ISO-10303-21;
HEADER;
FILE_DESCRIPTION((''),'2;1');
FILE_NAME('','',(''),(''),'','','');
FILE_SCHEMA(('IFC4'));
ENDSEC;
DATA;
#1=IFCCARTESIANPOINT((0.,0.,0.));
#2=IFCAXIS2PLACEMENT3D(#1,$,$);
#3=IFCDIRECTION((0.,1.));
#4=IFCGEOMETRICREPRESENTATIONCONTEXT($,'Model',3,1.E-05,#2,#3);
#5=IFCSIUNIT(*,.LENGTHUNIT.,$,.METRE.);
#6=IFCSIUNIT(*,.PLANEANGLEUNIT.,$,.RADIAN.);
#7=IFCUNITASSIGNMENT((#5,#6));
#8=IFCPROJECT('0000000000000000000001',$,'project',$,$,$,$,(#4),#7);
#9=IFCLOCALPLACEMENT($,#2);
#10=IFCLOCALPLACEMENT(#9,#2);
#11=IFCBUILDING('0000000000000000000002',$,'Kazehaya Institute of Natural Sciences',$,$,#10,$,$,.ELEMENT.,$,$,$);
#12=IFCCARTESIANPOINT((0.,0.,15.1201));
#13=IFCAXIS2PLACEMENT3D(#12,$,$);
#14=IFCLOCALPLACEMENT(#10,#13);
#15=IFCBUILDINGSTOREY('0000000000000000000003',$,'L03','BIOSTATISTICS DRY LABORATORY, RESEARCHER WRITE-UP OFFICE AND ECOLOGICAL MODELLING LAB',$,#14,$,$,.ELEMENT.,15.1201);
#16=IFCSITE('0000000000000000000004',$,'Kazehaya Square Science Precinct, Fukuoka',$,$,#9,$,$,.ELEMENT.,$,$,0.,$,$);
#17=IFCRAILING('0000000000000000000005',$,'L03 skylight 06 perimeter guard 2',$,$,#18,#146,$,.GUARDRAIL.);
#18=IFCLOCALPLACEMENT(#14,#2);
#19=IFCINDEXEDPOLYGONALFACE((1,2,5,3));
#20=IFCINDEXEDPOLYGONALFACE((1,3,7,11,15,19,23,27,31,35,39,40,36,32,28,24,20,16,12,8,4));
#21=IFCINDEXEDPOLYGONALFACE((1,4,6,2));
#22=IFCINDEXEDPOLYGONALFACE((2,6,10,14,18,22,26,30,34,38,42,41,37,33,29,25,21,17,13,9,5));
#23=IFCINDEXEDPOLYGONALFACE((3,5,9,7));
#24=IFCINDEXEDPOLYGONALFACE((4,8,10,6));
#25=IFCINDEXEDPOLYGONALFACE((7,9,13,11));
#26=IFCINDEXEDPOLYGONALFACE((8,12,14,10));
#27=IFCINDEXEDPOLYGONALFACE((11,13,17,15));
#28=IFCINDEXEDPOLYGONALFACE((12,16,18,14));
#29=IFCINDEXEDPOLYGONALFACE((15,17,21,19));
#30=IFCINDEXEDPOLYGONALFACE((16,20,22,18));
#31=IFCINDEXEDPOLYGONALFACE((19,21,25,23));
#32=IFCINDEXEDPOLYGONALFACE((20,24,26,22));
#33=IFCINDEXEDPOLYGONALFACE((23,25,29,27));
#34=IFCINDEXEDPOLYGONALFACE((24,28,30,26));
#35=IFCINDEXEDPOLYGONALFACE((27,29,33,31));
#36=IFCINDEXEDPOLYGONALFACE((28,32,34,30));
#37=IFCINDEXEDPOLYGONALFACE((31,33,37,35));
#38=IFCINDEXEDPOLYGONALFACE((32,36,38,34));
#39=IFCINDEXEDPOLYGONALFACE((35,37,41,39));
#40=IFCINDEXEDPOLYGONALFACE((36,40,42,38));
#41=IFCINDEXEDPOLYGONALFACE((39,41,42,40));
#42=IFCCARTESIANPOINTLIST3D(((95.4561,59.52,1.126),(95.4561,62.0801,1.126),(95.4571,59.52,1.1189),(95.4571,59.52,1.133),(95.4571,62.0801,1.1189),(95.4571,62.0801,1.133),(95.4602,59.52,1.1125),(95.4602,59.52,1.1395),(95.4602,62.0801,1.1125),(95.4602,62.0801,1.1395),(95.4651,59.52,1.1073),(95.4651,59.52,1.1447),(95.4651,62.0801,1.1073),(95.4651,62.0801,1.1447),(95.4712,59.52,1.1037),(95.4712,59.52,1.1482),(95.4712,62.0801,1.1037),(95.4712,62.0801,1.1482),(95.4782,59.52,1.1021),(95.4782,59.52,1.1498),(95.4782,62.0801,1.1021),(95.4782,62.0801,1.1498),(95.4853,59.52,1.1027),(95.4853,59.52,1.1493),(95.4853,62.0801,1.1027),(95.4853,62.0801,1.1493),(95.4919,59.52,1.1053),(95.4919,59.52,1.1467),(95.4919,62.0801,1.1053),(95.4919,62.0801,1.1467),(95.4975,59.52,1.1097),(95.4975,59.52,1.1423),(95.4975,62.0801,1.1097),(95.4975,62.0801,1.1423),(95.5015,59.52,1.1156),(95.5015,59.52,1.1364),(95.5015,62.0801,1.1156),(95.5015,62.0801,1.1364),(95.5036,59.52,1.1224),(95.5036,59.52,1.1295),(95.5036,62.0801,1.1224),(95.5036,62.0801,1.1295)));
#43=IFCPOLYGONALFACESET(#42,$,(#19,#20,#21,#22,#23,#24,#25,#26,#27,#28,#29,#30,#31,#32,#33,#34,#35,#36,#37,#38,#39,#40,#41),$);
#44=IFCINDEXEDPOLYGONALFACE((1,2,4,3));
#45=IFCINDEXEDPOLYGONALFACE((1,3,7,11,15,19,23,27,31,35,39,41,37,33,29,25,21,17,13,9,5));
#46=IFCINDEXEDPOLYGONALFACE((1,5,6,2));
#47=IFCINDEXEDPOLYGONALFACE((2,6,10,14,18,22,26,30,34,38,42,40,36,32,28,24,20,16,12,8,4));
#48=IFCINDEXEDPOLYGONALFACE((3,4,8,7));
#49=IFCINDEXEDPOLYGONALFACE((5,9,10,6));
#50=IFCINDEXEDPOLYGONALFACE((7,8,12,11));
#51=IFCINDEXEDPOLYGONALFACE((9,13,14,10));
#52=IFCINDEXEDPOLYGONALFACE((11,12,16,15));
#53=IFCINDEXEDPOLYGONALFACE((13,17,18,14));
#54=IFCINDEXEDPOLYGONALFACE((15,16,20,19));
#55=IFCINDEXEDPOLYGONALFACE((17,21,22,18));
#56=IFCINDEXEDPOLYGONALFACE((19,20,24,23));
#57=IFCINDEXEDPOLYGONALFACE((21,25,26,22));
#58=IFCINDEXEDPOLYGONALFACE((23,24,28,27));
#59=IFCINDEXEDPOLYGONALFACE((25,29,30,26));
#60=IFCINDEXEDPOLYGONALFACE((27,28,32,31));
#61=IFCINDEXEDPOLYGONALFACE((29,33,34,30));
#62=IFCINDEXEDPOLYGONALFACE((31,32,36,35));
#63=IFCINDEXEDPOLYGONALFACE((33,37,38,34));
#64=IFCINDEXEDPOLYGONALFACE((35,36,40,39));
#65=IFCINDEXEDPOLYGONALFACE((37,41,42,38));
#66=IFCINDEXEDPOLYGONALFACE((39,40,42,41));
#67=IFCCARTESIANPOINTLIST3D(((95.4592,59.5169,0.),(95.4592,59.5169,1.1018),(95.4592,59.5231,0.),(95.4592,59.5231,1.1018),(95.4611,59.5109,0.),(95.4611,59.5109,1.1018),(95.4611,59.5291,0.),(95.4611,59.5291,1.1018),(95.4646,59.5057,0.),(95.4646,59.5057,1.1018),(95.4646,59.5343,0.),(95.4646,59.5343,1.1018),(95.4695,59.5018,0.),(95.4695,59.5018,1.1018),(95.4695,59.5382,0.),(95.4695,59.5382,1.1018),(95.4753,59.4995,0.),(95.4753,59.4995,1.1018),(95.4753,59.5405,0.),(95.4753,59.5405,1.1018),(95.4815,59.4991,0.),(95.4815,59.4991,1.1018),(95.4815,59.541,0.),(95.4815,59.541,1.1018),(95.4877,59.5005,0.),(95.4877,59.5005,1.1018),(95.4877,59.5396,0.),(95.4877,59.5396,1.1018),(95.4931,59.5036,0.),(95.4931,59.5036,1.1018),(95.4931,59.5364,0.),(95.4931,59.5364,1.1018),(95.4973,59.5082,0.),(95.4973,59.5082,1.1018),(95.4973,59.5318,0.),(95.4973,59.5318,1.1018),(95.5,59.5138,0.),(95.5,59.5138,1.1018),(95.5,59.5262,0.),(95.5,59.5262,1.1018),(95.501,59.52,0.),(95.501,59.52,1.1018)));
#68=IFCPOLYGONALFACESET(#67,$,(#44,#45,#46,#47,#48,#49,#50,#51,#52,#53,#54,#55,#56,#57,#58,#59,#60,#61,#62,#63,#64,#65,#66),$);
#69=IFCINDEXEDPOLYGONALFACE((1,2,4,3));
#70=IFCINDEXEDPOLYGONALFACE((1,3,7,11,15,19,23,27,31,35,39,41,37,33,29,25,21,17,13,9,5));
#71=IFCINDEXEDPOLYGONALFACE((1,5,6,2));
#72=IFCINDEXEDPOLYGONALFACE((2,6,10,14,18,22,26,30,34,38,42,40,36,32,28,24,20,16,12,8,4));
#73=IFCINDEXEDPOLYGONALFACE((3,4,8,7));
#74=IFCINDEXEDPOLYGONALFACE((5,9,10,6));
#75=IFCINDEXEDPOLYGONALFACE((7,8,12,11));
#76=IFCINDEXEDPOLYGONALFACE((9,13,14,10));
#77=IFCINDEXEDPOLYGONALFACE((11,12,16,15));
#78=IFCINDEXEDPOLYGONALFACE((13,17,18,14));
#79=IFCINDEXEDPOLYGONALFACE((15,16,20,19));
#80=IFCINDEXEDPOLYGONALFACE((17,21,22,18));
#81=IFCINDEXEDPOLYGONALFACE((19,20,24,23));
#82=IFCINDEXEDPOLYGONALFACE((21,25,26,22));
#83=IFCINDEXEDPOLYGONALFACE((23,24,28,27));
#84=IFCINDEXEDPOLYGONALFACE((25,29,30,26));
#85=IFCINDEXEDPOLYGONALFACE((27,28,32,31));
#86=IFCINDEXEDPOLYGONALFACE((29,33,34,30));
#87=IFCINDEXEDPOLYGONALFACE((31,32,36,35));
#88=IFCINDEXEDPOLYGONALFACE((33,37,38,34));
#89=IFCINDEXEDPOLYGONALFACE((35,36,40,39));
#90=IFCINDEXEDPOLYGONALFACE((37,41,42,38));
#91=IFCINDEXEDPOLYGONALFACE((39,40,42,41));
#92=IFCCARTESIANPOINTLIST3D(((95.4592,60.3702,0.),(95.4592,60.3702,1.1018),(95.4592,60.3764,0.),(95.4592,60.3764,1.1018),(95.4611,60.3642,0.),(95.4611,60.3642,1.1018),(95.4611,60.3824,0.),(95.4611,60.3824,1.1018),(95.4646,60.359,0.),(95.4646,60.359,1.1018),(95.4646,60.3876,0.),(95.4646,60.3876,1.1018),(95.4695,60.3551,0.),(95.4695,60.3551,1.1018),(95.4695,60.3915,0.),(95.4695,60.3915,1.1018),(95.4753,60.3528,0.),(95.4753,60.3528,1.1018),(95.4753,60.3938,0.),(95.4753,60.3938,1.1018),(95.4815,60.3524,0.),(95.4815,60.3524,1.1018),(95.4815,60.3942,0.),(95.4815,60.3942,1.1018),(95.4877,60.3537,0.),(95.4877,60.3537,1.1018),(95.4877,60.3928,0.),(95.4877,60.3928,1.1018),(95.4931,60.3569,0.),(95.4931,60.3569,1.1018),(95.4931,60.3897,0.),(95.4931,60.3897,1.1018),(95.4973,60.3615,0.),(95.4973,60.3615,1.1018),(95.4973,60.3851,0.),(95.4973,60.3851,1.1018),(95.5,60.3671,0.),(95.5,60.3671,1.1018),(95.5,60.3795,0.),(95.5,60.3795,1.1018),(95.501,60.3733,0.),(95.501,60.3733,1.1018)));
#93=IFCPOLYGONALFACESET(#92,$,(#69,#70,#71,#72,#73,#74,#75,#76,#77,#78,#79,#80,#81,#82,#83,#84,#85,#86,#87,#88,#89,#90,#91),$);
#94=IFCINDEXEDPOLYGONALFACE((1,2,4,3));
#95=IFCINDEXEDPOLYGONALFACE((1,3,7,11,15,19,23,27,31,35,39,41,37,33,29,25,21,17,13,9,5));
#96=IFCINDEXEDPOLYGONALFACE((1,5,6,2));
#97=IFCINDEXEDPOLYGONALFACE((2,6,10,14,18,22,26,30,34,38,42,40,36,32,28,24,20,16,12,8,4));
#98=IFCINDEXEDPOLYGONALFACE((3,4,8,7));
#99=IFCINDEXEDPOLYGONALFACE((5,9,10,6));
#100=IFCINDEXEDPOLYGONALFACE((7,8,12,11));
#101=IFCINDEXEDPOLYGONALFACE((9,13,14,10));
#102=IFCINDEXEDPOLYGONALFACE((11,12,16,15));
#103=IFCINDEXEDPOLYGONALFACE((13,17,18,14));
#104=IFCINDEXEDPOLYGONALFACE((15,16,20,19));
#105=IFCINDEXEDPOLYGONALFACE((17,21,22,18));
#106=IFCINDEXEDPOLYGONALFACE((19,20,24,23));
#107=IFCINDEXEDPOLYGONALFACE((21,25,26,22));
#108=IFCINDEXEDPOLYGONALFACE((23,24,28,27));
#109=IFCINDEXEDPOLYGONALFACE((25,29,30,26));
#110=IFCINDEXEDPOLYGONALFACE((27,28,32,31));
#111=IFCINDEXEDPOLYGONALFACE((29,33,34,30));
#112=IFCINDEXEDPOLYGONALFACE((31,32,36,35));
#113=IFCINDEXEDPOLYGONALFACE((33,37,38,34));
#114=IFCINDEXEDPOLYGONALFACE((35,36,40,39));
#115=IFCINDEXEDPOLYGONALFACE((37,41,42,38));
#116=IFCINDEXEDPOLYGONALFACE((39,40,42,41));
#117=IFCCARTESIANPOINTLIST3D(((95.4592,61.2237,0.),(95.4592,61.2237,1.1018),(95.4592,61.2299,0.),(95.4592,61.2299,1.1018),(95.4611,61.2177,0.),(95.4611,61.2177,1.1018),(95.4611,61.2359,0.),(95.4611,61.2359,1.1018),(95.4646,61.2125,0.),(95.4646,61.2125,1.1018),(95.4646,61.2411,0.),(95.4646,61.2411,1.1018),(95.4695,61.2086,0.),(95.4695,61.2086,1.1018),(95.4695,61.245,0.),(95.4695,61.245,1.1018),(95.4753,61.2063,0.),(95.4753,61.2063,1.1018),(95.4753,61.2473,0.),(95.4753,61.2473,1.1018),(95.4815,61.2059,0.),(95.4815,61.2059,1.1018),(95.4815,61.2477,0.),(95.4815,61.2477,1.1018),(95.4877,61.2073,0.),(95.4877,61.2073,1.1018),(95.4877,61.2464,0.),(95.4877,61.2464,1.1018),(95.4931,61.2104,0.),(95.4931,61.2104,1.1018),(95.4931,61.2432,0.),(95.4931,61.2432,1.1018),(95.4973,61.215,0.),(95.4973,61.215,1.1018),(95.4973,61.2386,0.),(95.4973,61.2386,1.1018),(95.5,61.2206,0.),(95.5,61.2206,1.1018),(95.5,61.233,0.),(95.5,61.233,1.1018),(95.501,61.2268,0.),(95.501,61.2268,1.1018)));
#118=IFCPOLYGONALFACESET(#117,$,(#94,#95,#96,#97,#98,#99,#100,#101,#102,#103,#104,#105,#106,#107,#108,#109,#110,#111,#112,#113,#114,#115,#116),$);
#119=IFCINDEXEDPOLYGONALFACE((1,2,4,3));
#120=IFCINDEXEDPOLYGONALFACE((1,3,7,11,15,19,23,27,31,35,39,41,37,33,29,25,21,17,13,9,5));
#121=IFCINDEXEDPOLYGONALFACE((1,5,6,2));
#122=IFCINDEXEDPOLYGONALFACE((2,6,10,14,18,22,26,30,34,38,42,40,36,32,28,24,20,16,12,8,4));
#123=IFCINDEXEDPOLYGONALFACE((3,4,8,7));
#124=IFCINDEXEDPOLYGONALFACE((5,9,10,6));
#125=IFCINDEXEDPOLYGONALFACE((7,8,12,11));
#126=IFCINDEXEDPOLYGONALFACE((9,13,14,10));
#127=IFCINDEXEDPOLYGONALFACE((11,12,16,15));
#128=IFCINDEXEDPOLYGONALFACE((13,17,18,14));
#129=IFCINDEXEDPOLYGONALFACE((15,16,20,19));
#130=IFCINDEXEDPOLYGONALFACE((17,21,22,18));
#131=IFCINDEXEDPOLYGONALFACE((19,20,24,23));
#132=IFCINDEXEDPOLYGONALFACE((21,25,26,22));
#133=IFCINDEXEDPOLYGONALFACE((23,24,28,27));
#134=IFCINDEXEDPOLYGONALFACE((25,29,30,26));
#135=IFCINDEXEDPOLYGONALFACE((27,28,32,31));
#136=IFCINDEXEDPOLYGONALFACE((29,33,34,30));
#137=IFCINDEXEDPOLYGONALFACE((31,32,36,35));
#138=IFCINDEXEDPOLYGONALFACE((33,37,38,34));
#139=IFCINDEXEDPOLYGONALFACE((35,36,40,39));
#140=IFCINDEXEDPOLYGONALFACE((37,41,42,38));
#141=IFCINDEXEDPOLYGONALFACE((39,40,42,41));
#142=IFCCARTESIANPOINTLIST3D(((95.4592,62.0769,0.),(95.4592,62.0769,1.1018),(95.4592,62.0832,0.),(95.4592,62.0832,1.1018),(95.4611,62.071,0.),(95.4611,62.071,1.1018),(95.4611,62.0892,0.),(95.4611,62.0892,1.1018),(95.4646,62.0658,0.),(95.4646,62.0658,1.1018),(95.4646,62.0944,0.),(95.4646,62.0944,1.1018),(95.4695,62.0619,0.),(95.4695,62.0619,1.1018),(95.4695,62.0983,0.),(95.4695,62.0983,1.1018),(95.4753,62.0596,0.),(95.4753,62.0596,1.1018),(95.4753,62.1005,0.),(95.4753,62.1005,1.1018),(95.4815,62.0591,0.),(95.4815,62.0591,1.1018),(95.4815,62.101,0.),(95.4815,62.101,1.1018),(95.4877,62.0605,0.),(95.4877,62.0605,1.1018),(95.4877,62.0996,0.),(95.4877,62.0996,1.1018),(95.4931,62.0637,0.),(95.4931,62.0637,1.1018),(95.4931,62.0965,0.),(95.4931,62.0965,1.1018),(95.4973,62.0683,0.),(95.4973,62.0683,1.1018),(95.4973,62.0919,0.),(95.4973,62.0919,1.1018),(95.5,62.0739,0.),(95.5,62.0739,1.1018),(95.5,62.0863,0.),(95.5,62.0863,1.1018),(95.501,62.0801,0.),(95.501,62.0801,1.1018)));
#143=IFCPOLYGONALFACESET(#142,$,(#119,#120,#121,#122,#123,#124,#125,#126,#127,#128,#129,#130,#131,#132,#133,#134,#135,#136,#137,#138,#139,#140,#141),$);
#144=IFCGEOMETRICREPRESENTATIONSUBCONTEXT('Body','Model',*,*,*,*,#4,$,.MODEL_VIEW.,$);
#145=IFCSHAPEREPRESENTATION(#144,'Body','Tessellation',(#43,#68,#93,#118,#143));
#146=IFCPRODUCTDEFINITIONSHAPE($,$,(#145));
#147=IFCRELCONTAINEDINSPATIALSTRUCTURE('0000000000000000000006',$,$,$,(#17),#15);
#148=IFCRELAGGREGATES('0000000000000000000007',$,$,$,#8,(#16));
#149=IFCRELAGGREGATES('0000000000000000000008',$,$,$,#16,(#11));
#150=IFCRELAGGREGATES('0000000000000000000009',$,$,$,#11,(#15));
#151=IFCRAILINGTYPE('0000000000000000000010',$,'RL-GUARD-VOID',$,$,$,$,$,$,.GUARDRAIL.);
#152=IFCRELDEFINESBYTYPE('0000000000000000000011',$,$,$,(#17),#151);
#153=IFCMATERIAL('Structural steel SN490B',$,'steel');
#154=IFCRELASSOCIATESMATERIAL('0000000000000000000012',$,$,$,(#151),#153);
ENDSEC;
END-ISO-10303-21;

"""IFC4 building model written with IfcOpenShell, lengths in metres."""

from ifc_helpers import new_model, si_unit, direction, frame, origin, origin_2d, place, context, subcontext, project, spatial, circle, extrude, material, type_object, element, save


model = new_model("IFC4")

# Units and contexts
model_context = context("Model", 3, precision=1e-05, world=origin(), true_north=direction((0.0, 1.0)))
body_context = subcontext(model_context, "Body", "Model", "MODEL_VIEW")
ifc_project = project(units=[si_unit("LENGTHUNIT", "METRE"), si_unit("PLANEANGLEUNIT", "RADIAN")], contexts=[model_context])

# Site, building, storey
site_placement = place(None, origin())
site = spatial("IfcSite", under=ifc_project, at=site_placement, Name="Kazehaya Square Science Precinct, Fukuoka", CompositionType="ELEMENT", RefElevation=0.0)
building_placement = place(site_placement, origin())
building = spatial("IfcBuilding", under=site, at=building_placement, Name="Kazehaya Institute of Natural Sciences", CompositionType="ELEMENT")
storey_placement = place(building_placement, frame((0.0, 0.0, 15.1201)))
storey = spatial("IfcBuildingStorey", under=building, at=storey_placement, Name="L03", Description="BIOSTATISTICS DRY LABORATORY, RESEARCHER WRITE-UP OFFICE AND ECOLOGICAL MODELLING LAB", CompositionType="ELEMENT", Elevation=15.1201)

# Railing
ifc_material_1 = material(Name="Structural steel SN490B", Category="steel")
railing_type = type_object("IfcRailingType", Name="RL-GUARD-VOID", PredefinedType="GUARDRAIL", material=ifc_material_1)
railing_1_placement = place(storey_placement, frame((95.48, 59.52, 0.0)))
element("IfcRailing", 1, at=railing_1_placement, inside=storey, type_object=railing_type, Name="L03 skylight 06 perimeter guard 2", PredefinedType="GUARDRAIL", context=body_context, shape_type="SweptSolid", body=[
    extrude(circle(Radius=0.0239, at=origin_2d()), frame((0.0, 0.0, 1.126), z_axis=(0.0, 1.0, 0.0), x_axis=(-1.0, 0.0, 0.0)), (0.0, 0.0, 1.0), 2.5601),
    extrude(circle(Radius=0.021, at=origin_2d()), origin(), (0.0, 0.0, 1.0), 1.1018),
    extrude(circle(Radius=0.021, at=origin_2d()), frame((0.0, 0.8533, 0.0)), (0.0, 0.0, 1.0), 1.1018),
    extrude(circle(Radius=0.021, at=origin_2d()), frame((0.0, 1.7068, 0.0)), (0.0, 0.0, 1.0), 1.1018),
    extrude(circle(Radius=0.021, at=origin_2d()), frame((0.0, 2.5601, 0.0)), (0.0, 0.0, 1.0), 1.1018),
])

save(model, "model.ifc")
